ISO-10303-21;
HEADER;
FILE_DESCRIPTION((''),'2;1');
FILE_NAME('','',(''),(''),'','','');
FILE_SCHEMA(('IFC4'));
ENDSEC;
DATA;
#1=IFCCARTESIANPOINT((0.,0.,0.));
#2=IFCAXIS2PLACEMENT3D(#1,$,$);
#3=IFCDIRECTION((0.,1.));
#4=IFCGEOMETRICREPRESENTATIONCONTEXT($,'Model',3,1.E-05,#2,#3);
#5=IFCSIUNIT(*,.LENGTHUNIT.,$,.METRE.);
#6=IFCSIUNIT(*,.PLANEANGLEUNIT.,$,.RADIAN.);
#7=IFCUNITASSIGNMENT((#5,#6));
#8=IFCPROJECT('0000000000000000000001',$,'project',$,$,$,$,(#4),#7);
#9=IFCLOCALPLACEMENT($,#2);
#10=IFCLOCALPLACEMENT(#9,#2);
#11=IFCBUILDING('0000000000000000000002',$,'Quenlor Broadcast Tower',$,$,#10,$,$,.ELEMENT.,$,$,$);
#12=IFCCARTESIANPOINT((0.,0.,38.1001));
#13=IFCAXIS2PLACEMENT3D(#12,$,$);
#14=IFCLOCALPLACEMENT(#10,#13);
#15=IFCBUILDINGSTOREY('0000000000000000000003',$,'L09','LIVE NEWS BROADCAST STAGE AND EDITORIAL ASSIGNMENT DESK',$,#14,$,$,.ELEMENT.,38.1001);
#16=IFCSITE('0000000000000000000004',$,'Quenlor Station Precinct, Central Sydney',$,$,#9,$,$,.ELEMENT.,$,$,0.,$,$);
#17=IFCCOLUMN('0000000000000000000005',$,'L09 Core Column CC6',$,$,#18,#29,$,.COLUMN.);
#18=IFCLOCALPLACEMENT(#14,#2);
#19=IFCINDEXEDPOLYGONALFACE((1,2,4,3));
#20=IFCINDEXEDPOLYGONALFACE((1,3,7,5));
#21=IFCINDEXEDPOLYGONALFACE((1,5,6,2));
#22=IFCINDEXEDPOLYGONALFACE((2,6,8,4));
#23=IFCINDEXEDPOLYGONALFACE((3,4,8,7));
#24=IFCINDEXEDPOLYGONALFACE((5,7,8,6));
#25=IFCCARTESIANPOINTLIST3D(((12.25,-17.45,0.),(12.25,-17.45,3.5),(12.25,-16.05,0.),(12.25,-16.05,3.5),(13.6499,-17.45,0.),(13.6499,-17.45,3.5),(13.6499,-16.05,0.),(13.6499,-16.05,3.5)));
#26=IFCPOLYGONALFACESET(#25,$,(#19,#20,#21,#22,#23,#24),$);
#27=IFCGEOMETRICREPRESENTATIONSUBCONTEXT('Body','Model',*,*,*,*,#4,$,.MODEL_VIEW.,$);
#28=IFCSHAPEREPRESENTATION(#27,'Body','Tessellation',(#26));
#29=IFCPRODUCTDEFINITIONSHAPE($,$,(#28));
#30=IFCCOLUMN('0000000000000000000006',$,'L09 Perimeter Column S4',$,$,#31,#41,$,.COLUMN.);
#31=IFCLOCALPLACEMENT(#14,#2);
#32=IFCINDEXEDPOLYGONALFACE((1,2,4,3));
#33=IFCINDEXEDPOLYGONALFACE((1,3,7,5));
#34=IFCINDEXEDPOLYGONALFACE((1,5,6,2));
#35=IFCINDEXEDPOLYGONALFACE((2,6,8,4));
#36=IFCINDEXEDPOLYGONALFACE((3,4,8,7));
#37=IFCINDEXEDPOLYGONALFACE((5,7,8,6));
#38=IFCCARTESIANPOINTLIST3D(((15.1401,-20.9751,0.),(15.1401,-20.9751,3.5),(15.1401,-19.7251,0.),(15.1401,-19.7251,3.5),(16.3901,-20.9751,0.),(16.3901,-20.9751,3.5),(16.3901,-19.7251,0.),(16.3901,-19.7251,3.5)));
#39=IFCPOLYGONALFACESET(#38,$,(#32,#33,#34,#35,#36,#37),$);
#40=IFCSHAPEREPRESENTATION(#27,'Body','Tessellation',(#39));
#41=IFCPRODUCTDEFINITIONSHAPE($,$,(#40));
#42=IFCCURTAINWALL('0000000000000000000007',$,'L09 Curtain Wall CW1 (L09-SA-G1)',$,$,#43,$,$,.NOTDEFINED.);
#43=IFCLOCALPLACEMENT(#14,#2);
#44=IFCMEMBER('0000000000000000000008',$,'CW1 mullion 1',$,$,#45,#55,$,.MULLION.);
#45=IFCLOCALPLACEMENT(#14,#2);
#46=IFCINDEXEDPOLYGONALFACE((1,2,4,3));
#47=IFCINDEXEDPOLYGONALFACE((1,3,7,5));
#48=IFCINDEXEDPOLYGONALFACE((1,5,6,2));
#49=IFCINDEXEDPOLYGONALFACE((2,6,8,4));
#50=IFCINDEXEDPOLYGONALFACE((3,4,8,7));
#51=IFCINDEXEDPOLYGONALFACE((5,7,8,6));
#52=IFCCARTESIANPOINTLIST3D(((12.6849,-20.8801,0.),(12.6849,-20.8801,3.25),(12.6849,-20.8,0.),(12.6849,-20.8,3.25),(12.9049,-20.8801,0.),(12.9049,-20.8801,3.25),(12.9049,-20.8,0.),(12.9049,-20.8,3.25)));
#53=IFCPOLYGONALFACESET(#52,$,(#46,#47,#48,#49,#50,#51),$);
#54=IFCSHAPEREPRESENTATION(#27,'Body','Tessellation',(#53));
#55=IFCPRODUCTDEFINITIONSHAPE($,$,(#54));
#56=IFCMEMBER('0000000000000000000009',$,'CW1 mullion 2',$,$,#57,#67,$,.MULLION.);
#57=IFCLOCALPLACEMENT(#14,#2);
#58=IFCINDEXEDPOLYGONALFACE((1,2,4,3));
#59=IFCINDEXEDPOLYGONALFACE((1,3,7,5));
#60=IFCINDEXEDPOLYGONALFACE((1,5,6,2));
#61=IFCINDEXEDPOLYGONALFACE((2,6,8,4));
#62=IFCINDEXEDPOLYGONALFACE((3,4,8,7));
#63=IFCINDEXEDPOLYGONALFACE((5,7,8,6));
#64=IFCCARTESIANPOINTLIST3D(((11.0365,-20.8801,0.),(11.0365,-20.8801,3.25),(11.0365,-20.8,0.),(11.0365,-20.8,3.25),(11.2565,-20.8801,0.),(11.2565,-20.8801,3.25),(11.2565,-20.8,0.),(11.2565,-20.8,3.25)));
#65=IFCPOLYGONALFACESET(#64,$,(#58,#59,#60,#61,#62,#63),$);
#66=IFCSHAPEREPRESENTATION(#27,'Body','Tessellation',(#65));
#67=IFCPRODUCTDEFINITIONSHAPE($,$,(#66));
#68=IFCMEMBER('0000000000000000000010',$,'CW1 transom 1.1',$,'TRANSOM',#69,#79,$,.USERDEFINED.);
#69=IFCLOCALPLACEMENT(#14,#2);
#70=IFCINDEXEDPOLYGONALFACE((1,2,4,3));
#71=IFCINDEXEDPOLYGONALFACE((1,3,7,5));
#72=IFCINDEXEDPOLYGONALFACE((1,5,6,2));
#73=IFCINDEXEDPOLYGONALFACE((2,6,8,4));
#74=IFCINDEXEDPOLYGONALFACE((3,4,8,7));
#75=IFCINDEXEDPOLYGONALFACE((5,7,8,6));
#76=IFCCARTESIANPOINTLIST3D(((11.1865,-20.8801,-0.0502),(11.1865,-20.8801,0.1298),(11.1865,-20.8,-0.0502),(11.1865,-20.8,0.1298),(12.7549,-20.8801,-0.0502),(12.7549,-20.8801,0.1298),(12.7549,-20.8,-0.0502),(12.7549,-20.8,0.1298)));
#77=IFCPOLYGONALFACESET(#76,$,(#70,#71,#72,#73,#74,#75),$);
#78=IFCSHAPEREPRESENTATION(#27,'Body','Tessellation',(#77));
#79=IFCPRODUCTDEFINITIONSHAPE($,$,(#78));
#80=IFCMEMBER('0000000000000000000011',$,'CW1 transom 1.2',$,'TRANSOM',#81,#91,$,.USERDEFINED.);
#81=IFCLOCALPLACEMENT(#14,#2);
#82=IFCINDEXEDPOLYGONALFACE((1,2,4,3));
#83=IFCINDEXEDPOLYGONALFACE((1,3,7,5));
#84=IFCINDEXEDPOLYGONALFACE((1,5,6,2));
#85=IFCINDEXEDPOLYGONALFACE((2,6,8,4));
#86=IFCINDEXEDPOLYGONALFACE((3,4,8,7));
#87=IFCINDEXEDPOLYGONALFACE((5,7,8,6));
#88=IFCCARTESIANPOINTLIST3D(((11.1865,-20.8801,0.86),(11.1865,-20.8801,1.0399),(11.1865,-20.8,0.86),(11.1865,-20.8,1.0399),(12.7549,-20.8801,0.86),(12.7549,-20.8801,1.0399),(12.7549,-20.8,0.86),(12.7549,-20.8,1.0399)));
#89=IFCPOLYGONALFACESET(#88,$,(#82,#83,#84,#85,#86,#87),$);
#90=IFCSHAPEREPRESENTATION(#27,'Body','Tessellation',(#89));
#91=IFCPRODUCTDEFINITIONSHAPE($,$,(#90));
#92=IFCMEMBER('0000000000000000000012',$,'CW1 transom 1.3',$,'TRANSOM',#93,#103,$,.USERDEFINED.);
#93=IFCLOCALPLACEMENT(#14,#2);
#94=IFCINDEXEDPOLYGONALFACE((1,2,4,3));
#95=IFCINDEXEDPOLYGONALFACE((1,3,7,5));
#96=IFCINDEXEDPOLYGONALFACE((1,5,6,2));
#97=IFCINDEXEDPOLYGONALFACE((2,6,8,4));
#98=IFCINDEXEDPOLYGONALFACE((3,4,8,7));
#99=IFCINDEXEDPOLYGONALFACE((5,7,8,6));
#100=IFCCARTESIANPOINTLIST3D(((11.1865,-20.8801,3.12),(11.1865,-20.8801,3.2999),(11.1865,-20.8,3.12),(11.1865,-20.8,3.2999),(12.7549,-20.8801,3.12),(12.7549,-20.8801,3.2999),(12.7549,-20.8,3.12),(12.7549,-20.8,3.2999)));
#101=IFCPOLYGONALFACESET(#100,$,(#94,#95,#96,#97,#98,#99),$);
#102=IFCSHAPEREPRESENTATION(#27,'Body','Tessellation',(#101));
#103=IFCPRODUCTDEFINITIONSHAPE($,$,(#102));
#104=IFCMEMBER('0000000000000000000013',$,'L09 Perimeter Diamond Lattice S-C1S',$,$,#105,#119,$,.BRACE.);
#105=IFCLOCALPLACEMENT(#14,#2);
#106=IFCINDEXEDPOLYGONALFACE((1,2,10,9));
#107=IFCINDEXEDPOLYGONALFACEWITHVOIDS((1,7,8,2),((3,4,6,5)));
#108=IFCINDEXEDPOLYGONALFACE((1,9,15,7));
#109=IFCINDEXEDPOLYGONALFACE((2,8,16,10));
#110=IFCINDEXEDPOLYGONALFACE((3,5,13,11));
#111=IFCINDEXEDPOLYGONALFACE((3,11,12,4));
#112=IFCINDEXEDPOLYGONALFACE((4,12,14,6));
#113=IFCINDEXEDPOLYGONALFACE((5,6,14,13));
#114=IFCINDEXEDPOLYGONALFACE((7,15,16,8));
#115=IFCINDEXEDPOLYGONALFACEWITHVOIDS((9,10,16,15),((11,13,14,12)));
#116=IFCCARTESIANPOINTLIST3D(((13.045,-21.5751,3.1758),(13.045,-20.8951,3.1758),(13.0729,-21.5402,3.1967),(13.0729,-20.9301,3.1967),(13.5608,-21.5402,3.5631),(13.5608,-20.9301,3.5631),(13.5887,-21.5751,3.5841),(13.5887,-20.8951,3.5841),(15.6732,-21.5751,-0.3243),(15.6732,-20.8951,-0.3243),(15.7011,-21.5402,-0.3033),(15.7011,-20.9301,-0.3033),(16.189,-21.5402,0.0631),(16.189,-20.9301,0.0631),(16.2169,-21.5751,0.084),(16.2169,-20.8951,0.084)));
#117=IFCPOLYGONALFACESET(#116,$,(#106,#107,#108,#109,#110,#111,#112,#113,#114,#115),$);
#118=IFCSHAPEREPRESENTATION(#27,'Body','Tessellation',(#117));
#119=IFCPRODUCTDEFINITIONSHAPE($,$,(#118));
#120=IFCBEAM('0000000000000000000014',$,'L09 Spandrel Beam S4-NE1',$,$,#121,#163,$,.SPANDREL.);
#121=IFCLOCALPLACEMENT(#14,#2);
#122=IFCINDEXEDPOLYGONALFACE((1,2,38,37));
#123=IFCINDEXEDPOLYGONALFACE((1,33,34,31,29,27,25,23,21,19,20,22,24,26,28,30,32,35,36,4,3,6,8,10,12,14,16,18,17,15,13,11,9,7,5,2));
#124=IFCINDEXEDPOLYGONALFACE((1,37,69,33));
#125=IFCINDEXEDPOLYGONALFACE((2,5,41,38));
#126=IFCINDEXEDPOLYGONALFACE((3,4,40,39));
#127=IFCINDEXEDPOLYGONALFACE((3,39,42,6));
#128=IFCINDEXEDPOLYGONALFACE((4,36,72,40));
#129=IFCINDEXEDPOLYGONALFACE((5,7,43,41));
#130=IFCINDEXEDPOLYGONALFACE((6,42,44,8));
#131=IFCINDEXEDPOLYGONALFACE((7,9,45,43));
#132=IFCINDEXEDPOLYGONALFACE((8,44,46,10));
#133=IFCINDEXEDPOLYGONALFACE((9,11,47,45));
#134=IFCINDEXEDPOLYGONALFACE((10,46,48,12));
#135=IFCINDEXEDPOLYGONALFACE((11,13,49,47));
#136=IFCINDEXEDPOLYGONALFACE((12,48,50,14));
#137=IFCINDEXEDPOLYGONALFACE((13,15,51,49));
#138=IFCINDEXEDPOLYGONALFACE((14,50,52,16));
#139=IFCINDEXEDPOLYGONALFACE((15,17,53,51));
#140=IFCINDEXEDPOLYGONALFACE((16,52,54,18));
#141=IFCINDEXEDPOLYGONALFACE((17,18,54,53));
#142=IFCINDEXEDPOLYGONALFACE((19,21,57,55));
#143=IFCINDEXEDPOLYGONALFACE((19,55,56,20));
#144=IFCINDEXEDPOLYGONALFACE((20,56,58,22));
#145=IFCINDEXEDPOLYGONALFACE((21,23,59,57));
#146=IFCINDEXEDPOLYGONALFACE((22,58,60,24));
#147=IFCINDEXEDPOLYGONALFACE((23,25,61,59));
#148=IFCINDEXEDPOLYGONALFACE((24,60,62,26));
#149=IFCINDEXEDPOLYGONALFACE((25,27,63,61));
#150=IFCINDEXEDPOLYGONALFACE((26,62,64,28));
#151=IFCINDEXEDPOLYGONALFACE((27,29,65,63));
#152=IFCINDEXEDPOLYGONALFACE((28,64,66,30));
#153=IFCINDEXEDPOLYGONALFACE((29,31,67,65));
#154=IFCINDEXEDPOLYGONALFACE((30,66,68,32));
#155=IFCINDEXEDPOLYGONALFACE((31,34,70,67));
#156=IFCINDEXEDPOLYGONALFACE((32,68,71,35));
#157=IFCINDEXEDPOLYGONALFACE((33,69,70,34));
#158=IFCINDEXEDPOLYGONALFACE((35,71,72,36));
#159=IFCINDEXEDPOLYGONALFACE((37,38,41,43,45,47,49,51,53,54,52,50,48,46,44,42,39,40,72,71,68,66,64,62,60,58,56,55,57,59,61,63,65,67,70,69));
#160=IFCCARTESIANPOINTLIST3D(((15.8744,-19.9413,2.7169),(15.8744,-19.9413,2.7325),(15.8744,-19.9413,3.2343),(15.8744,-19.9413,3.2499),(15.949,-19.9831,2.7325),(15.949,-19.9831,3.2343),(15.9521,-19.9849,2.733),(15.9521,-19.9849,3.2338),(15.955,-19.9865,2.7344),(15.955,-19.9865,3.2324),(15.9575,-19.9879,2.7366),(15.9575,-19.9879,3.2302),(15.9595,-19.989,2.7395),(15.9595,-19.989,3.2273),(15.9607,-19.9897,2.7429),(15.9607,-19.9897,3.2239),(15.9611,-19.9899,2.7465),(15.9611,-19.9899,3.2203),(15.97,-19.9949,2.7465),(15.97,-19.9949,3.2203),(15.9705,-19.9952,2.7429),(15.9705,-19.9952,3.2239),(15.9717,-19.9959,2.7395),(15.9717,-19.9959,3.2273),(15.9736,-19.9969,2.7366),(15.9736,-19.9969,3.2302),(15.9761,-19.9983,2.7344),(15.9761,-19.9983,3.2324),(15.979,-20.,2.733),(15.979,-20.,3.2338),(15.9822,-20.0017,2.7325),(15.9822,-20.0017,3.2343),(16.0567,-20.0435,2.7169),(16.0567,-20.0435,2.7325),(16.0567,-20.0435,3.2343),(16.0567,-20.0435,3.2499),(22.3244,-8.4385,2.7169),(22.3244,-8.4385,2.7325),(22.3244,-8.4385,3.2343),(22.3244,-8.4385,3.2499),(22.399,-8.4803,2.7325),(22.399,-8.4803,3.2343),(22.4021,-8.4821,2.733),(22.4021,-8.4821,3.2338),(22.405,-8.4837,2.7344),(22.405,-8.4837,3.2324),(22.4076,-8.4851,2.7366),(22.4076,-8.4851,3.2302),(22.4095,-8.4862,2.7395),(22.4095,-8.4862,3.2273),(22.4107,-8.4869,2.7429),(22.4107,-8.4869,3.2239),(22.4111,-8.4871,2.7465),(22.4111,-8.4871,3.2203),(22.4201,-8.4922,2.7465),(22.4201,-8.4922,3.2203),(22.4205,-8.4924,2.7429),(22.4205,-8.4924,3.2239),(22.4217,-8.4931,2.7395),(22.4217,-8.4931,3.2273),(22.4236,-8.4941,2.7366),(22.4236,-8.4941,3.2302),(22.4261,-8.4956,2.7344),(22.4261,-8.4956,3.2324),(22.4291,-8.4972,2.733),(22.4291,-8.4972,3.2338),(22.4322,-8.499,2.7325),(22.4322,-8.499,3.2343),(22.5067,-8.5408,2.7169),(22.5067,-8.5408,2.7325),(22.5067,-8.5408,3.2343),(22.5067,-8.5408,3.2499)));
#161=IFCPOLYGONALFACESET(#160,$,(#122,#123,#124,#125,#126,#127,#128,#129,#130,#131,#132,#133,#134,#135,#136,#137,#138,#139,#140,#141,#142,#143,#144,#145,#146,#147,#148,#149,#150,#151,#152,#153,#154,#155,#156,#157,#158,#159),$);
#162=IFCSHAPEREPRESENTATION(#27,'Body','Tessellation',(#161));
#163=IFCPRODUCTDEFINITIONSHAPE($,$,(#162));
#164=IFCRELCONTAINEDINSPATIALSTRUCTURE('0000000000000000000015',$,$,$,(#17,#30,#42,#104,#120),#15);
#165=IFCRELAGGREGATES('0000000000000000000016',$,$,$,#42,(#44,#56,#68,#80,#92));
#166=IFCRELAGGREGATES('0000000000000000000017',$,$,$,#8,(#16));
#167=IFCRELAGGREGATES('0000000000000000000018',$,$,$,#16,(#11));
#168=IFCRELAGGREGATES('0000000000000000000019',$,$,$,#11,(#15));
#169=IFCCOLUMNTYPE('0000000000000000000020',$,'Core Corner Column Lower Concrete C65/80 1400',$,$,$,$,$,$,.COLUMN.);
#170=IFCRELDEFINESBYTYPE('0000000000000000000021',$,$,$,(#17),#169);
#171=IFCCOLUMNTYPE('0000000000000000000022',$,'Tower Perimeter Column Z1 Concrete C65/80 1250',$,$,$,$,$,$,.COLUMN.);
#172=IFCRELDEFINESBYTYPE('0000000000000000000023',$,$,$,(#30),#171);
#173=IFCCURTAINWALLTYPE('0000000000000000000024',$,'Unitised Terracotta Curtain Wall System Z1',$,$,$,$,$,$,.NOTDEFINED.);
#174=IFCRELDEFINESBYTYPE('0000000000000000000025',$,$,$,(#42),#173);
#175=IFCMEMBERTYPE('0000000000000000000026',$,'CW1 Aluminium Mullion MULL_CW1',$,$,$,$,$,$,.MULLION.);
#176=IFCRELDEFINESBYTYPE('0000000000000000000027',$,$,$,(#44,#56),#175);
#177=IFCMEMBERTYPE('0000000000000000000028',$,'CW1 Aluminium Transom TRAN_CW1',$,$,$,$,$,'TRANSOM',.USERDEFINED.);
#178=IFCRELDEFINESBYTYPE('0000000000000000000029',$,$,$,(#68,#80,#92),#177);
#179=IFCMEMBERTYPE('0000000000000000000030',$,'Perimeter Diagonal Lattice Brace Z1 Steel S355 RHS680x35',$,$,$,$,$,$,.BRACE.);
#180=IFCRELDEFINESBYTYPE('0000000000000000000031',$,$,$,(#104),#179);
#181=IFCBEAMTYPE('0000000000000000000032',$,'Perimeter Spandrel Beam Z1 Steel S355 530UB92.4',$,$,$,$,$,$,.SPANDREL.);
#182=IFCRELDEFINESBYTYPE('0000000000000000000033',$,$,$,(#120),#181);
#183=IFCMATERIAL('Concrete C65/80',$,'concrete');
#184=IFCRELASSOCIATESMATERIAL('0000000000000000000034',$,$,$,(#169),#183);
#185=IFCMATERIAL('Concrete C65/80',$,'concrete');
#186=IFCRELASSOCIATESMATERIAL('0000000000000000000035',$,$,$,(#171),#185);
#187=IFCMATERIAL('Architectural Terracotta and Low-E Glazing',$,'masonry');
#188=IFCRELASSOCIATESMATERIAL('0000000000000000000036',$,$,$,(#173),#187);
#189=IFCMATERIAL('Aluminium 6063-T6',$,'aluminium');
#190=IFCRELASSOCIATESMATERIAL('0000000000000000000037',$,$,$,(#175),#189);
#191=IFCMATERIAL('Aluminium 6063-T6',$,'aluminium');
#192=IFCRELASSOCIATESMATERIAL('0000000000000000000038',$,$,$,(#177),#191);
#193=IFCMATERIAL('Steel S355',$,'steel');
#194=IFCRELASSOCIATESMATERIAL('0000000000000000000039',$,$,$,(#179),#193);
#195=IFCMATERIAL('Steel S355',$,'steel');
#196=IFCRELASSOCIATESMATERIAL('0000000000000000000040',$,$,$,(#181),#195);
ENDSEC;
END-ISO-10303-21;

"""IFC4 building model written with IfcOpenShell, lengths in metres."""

from ifc_helpers import new_model, si_unit, direction, frame, origin, origin_2d, place, context, subcontext, project, spatial, rectangle, hollow_rectangle, i_section, extrude, material, material_profile, profile_set, type_object, element, aggregate, save


model = new_model("IFC4")

# Units and contexts
model_context = context("Model", 3, precision=1e-05, world=origin(), true_north=direction((0.0, 1.0)))
body_context = subcontext(model_context, "Body", "Model", "MODEL_VIEW")
ifc_project = project(units=[si_unit("LENGTHUNIT", "METRE"), si_unit("PLANEANGLEUNIT", "RADIAN")], contexts=[model_context])

# Site, building, storey
site_placement = place(None, origin())
site = spatial("IfcSite", under=ifc_project, at=site_placement, Name="Quenlor Station Precinct, Central Sydney", CompositionType="ELEMENT", RefElevation=0.0)
building_placement = place(site_placement, origin())
building = spatial("IfcBuilding", under=site, at=building_placement, Name="Quenlor Broadcast Tower", CompositionType="ELEMENT")
storey_placement = place(building_placement, frame((0.0, 0.0, 38.1001)))
storey = spatial("IfcBuildingStorey", under=building, at=storey_placement, Name="L09", Description="LIVE NEWS BROADCAST STAGE AND EDITORIAL ASSIGNMENT DESK", CompositionType="ELEMENT", Elevation=38.1001)

# Columns
ifc_material_1 = material(Name="Concrete C65/80", Category="concrete")
ifc_material_profile_1 = material_profile(ifc_material_1, rectangle(XDim=1.3999, YDim=1.3999, at=origin_2d()))
ifc_profile_set_1 = profile_set([ifc_material_profile_1], Name="Concrete C65/80 RC1400x1400")
column_type_1 = type_object("IfcColumnType", Name="Core Corner Column Lower Concrete C65/80 1400", PredefinedType="COLUMN", material=ifc_profile_set_1)
column_1_placement = place(storey_placement, frame((12.95, -16.75, 0.0), z_axis=(0.0, 0.0, 1.0), x_axis=(1.0, 0.0, 0.0)))
element("IfcColumn", 1, at=column_1_placement, inside=storey, type_object=column_type_1, Name="L09 Core Column CC6", PredefinedType="COLUMN", context=body_context, shape_type="SweptSolid", body=[
    extrude(rectangle(XDim=1.3999, YDim=1.3999, at=origin_2d()), origin(), (0.0, 0.0, 1.0), 3.5),
])
ifc_material_2 = material(Name="Concrete C65/80", Category="concrete")
ifc_material_profile_2 = material_profile(ifc_material_2, rectangle(XDim=1.25, YDim=1.25, at=origin_2d()))
ifc_profile_set_2 = profile_set([ifc_material_profile_2], Name="Concrete C65/80 RC1250x1250")
column_type_2 = type_object("IfcColumnType", Name="Tower Perimeter Column Z1 Concrete C65/80 1250", PredefinedType="COLUMN", material=ifc_profile_set_2)
column_2_placement = place(storey_placement, frame((15.7651, -20.3501, 0.0), z_axis=(0.0, 0.0, 1.0), x_axis=(0.0, 1.0, 0.0)))
element("IfcColumn", 2, at=column_2_placement, inside=storey, type_object=column_type_2, Name="L09 Perimeter Column S4", PredefinedType="COLUMN", context=body_context, shape_type="SweptSolid", body=[
    extrude(rectangle(XDim=1.25, YDim=1.25, at=origin_2d()), origin(), (0.0, 0.0, 1.0), 3.5),
])

# Curtain wall, members
ifc_material_3 = material(Name="Architectural Terracotta and Low-E Glazing", Category="masonry")
curtain_wall_type = type_object("IfcCurtainWallType", Name="Unitised Terracotta Curtain Wall System Z1", PredefinedType="NOTDEFINED", material=ifc_material_3)
curtain_wall_placement = place(storey_placement, origin())
curtain_wall = element("IfcCurtainWall", 3, at=curtain_wall_placement, inside=storey, type_object=curtain_wall_type, Name="L09 Curtain Wall CW1 (L09-SA-G1)", PredefinedType="NOTDEFINED")
ifc_material_4 = material(Name="Aluminium 6063-T6", Category="aluminium")
ifc_material_profile_3 = material_profile(ifc_material_4, rectangle(XDim=0.0801, YDim=0.22, at=origin_2d()))
ifc_profile_set_3 = profile_set([ifc_material_profile_3], Name="Aluminium 6063-T6 MULL80x220")
member_type_1 = type_object("IfcMemberType", Name="CW1 Aluminium Mullion MULL_CW1", PredefinedType="MULLION", material=ifc_profile_set_3)
member_1_placement = place(storey_placement, frame((12.7949, -20.8401, 0.0), z_axis=(0.0, 0.0, 1.0), x_axis=(0.0, -1.0, 0.0)))
member_1 = element("IfcMember", 4, at=member_1_placement, type_object=member_type_1, Name="CW1 mullion 1", PredefinedType="MULLION", context=body_context, shape_type="SweptSolid", body=[
    extrude(rectangle(XDim=0.0801, YDim=0.22, at=origin_2d()), origin(), (0.0, 0.0, 1.0), 3.25),
])
member_2_placement = place(storey_placement, frame((11.1465, -20.8401, 0.0), z_axis=(0.0, 0.0, 1.0), x_axis=(0.0, -1.0, 0.0)))
member_2 = element("IfcMember", 5, at=member_2_placement, type_object=member_type_1, Name="CW1 mullion 2", PredefinedType="MULLION", context=body_context, shape_type="SweptSolid", body=[
    extrude(rectangle(XDim=0.0801, YDim=0.22, at=origin_2d()), origin(), (0.0, 0.0, 1.0), 3.25),
])
ifc_material_5 = material(Name="Aluminium 6063-T6", Category="aluminium")
ifc_material_profile_4 = material_profile(ifc_material_5, rectangle(XDim=0.0801, YDim=0.1799, at=origin_2d()))
ifc_profile_set_4 = profile_set([ifc_material_profile_4], Name="Aluminium 6063-T6 TRAN80x180")
member_type_2 = type_object("IfcMemberType", Name="CW1 Aluminium Transom TRAN_CW1", ElementType="TRANSOM", PredefinedType="USERDEFINED", material=ifc_profile_set_4)
member_3_placement = place(storey_placement, frame((12.7549, -20.8401, 0.0398), z_axis=(-1.0, 0.0, 0.0), x_axis=(0.0, -1.0, 0.0)))
member_3 = element("IfcMember", 6, at=member_3_placement, type_object=member_type_2, Name="CW1 transom 1.1", ObjectType="TRANSOM", PredefinedType="USERDEFINED", context=body_context, shape_type="SweptSolid", body=[
    extrude(rectangle(XDim=0.0801, YDim=0.1799, at=origin_2d()), origin(), (0.0, 0.0, 1.0), 1.5684),
])
member_4_placement = place(storey_placement, frame((12.7549, -20.8401, 0.95), z_axis=(-1.0, 0.0, 0.0), x_axis=(0.0, -1.0, 0.0)))
member_4 = element("IfcMember", 7, at=member_4_placement, type_object=member_type_2, Name="CW1 transom 1.2", ObjectType="TRANSOM", PredefinedType="USERDEFINED", context=body_context, shape_type="SweptSolid", body=[
    extrude(rectangle(XDim=0.0801, YDim=0.1799, at=origin_2d()), origin(), (0.0, 0.0, 1.0), 1.5684),
])
member_5_placement = place(storey_placement, frame((12.7549, -20.8401, 3.21), z_axis=(-1.0, 0.0, 0.0), x_axis=(0.0, -1.0, 0.0)))
member_5 = element("IfcMember", 8, at=member_5_placement, type_object=member_type_2, Name="CW1 transom 1.3", ObjectType="TRANSOM", PredefinedType="USERDEFINED", context=body_context, shape_type="SweptSolid", body=[
    extrude(rectangle(XDim=0.0801, YDim=0.1799, at=origin_2d()), origin(), (0.0, 0.0, 1.0), 1.5684),
])

# Member
ifc_material_6 = material(Name="Steel S355", Category="steel")
ifc_material_profile_5 = material_profile(ifc_material_6, hollow_rectangle(XDim=0.6799, YDim=0.6799, WallThickness=0.0349, at=origin_2d()))
ifc_profile_set_5 = profile_set([ifc_material_profile_5], Name="Steel S355 RHS680x680x35")
member_type_3 = type_object("IfcMemberType", Name="Perimeter Diagonal Lattice Brace Z1 Steel S355 RHS680x35", PredefinedType="BRACE", material=ifc_profile_set_5)
member_6_placement = place(storey_placement, frame((15.9451, -21.2351, -0.1201), z_axis=(-0.600464, 0.0, 0.799652), x_axis=(0.0, -1.0, 0.0)))
element("IfcMember", 9, at=member_6_placement, inside=storey, type_object=member_type_3, Name="L09 Perimeter Diamond Lattice S-C1S", PredefinedType="BRACE", context=body_context, shape_type="SweptSolid", body=[
    extrude(hollow_rectangle(XDim=0.6799, YDim=0.6799, WallThickness=0.0349, at=origin_2d()), origin(), (0.0, 0.0, 1.0), 4.377),
])

# Beam
ifc_material_7 = material(Name="Steel S355", Category="steel")
ifc_material_profile_6 = material_profile(ifc_material_7, i_section(OverallWidth=0.209, OverallDepth=0.533, WebThickness=0.0103, FlangeThickness=0.0156, FilletRadius=0.0139, at=origin_2d()))
ifc_profile_set_6 = profile_set([ifc_material_profile_6], Name="Steel S355 530UB92.4")
beam_type_1 = type_object("IfcBeamType", Name="Perimeter Spandrel Beam Z1 Steel S355 530UB92.4", PredefinedType="SPANDREL", material=ifc_profile_set_6)
beam_1_placement = place(storey_placement, frame((15.9656, -19.9924, 2.9834), z_axis=(0.489091, 0.872233, 0.0), x_axis=(-0.872233, 0.489091, 0.0)))
element("IfcBeam", 10, at=beam_1_placement, inside=storey, type_object=beam_type_1, Name="L09 Spandrel Beam S4-NE1", PredefinedType="SPANDREL", context=body_context, shape_type="SweptSolid", body=[
    extrude(i_section(OverallWidth=0.209, OverallDepth=0.533, WebThickness=0.0103, FlangeThickness=0.0156, FilletRadius=0.0139, at=origin_2d()), origin(), (0.0, 0.0, 1.0), 13.1877),
])

aggregate(curtain_wall, [member_1, member_2, member_3, member_4, member_5])

save(model, "model.ifc")
